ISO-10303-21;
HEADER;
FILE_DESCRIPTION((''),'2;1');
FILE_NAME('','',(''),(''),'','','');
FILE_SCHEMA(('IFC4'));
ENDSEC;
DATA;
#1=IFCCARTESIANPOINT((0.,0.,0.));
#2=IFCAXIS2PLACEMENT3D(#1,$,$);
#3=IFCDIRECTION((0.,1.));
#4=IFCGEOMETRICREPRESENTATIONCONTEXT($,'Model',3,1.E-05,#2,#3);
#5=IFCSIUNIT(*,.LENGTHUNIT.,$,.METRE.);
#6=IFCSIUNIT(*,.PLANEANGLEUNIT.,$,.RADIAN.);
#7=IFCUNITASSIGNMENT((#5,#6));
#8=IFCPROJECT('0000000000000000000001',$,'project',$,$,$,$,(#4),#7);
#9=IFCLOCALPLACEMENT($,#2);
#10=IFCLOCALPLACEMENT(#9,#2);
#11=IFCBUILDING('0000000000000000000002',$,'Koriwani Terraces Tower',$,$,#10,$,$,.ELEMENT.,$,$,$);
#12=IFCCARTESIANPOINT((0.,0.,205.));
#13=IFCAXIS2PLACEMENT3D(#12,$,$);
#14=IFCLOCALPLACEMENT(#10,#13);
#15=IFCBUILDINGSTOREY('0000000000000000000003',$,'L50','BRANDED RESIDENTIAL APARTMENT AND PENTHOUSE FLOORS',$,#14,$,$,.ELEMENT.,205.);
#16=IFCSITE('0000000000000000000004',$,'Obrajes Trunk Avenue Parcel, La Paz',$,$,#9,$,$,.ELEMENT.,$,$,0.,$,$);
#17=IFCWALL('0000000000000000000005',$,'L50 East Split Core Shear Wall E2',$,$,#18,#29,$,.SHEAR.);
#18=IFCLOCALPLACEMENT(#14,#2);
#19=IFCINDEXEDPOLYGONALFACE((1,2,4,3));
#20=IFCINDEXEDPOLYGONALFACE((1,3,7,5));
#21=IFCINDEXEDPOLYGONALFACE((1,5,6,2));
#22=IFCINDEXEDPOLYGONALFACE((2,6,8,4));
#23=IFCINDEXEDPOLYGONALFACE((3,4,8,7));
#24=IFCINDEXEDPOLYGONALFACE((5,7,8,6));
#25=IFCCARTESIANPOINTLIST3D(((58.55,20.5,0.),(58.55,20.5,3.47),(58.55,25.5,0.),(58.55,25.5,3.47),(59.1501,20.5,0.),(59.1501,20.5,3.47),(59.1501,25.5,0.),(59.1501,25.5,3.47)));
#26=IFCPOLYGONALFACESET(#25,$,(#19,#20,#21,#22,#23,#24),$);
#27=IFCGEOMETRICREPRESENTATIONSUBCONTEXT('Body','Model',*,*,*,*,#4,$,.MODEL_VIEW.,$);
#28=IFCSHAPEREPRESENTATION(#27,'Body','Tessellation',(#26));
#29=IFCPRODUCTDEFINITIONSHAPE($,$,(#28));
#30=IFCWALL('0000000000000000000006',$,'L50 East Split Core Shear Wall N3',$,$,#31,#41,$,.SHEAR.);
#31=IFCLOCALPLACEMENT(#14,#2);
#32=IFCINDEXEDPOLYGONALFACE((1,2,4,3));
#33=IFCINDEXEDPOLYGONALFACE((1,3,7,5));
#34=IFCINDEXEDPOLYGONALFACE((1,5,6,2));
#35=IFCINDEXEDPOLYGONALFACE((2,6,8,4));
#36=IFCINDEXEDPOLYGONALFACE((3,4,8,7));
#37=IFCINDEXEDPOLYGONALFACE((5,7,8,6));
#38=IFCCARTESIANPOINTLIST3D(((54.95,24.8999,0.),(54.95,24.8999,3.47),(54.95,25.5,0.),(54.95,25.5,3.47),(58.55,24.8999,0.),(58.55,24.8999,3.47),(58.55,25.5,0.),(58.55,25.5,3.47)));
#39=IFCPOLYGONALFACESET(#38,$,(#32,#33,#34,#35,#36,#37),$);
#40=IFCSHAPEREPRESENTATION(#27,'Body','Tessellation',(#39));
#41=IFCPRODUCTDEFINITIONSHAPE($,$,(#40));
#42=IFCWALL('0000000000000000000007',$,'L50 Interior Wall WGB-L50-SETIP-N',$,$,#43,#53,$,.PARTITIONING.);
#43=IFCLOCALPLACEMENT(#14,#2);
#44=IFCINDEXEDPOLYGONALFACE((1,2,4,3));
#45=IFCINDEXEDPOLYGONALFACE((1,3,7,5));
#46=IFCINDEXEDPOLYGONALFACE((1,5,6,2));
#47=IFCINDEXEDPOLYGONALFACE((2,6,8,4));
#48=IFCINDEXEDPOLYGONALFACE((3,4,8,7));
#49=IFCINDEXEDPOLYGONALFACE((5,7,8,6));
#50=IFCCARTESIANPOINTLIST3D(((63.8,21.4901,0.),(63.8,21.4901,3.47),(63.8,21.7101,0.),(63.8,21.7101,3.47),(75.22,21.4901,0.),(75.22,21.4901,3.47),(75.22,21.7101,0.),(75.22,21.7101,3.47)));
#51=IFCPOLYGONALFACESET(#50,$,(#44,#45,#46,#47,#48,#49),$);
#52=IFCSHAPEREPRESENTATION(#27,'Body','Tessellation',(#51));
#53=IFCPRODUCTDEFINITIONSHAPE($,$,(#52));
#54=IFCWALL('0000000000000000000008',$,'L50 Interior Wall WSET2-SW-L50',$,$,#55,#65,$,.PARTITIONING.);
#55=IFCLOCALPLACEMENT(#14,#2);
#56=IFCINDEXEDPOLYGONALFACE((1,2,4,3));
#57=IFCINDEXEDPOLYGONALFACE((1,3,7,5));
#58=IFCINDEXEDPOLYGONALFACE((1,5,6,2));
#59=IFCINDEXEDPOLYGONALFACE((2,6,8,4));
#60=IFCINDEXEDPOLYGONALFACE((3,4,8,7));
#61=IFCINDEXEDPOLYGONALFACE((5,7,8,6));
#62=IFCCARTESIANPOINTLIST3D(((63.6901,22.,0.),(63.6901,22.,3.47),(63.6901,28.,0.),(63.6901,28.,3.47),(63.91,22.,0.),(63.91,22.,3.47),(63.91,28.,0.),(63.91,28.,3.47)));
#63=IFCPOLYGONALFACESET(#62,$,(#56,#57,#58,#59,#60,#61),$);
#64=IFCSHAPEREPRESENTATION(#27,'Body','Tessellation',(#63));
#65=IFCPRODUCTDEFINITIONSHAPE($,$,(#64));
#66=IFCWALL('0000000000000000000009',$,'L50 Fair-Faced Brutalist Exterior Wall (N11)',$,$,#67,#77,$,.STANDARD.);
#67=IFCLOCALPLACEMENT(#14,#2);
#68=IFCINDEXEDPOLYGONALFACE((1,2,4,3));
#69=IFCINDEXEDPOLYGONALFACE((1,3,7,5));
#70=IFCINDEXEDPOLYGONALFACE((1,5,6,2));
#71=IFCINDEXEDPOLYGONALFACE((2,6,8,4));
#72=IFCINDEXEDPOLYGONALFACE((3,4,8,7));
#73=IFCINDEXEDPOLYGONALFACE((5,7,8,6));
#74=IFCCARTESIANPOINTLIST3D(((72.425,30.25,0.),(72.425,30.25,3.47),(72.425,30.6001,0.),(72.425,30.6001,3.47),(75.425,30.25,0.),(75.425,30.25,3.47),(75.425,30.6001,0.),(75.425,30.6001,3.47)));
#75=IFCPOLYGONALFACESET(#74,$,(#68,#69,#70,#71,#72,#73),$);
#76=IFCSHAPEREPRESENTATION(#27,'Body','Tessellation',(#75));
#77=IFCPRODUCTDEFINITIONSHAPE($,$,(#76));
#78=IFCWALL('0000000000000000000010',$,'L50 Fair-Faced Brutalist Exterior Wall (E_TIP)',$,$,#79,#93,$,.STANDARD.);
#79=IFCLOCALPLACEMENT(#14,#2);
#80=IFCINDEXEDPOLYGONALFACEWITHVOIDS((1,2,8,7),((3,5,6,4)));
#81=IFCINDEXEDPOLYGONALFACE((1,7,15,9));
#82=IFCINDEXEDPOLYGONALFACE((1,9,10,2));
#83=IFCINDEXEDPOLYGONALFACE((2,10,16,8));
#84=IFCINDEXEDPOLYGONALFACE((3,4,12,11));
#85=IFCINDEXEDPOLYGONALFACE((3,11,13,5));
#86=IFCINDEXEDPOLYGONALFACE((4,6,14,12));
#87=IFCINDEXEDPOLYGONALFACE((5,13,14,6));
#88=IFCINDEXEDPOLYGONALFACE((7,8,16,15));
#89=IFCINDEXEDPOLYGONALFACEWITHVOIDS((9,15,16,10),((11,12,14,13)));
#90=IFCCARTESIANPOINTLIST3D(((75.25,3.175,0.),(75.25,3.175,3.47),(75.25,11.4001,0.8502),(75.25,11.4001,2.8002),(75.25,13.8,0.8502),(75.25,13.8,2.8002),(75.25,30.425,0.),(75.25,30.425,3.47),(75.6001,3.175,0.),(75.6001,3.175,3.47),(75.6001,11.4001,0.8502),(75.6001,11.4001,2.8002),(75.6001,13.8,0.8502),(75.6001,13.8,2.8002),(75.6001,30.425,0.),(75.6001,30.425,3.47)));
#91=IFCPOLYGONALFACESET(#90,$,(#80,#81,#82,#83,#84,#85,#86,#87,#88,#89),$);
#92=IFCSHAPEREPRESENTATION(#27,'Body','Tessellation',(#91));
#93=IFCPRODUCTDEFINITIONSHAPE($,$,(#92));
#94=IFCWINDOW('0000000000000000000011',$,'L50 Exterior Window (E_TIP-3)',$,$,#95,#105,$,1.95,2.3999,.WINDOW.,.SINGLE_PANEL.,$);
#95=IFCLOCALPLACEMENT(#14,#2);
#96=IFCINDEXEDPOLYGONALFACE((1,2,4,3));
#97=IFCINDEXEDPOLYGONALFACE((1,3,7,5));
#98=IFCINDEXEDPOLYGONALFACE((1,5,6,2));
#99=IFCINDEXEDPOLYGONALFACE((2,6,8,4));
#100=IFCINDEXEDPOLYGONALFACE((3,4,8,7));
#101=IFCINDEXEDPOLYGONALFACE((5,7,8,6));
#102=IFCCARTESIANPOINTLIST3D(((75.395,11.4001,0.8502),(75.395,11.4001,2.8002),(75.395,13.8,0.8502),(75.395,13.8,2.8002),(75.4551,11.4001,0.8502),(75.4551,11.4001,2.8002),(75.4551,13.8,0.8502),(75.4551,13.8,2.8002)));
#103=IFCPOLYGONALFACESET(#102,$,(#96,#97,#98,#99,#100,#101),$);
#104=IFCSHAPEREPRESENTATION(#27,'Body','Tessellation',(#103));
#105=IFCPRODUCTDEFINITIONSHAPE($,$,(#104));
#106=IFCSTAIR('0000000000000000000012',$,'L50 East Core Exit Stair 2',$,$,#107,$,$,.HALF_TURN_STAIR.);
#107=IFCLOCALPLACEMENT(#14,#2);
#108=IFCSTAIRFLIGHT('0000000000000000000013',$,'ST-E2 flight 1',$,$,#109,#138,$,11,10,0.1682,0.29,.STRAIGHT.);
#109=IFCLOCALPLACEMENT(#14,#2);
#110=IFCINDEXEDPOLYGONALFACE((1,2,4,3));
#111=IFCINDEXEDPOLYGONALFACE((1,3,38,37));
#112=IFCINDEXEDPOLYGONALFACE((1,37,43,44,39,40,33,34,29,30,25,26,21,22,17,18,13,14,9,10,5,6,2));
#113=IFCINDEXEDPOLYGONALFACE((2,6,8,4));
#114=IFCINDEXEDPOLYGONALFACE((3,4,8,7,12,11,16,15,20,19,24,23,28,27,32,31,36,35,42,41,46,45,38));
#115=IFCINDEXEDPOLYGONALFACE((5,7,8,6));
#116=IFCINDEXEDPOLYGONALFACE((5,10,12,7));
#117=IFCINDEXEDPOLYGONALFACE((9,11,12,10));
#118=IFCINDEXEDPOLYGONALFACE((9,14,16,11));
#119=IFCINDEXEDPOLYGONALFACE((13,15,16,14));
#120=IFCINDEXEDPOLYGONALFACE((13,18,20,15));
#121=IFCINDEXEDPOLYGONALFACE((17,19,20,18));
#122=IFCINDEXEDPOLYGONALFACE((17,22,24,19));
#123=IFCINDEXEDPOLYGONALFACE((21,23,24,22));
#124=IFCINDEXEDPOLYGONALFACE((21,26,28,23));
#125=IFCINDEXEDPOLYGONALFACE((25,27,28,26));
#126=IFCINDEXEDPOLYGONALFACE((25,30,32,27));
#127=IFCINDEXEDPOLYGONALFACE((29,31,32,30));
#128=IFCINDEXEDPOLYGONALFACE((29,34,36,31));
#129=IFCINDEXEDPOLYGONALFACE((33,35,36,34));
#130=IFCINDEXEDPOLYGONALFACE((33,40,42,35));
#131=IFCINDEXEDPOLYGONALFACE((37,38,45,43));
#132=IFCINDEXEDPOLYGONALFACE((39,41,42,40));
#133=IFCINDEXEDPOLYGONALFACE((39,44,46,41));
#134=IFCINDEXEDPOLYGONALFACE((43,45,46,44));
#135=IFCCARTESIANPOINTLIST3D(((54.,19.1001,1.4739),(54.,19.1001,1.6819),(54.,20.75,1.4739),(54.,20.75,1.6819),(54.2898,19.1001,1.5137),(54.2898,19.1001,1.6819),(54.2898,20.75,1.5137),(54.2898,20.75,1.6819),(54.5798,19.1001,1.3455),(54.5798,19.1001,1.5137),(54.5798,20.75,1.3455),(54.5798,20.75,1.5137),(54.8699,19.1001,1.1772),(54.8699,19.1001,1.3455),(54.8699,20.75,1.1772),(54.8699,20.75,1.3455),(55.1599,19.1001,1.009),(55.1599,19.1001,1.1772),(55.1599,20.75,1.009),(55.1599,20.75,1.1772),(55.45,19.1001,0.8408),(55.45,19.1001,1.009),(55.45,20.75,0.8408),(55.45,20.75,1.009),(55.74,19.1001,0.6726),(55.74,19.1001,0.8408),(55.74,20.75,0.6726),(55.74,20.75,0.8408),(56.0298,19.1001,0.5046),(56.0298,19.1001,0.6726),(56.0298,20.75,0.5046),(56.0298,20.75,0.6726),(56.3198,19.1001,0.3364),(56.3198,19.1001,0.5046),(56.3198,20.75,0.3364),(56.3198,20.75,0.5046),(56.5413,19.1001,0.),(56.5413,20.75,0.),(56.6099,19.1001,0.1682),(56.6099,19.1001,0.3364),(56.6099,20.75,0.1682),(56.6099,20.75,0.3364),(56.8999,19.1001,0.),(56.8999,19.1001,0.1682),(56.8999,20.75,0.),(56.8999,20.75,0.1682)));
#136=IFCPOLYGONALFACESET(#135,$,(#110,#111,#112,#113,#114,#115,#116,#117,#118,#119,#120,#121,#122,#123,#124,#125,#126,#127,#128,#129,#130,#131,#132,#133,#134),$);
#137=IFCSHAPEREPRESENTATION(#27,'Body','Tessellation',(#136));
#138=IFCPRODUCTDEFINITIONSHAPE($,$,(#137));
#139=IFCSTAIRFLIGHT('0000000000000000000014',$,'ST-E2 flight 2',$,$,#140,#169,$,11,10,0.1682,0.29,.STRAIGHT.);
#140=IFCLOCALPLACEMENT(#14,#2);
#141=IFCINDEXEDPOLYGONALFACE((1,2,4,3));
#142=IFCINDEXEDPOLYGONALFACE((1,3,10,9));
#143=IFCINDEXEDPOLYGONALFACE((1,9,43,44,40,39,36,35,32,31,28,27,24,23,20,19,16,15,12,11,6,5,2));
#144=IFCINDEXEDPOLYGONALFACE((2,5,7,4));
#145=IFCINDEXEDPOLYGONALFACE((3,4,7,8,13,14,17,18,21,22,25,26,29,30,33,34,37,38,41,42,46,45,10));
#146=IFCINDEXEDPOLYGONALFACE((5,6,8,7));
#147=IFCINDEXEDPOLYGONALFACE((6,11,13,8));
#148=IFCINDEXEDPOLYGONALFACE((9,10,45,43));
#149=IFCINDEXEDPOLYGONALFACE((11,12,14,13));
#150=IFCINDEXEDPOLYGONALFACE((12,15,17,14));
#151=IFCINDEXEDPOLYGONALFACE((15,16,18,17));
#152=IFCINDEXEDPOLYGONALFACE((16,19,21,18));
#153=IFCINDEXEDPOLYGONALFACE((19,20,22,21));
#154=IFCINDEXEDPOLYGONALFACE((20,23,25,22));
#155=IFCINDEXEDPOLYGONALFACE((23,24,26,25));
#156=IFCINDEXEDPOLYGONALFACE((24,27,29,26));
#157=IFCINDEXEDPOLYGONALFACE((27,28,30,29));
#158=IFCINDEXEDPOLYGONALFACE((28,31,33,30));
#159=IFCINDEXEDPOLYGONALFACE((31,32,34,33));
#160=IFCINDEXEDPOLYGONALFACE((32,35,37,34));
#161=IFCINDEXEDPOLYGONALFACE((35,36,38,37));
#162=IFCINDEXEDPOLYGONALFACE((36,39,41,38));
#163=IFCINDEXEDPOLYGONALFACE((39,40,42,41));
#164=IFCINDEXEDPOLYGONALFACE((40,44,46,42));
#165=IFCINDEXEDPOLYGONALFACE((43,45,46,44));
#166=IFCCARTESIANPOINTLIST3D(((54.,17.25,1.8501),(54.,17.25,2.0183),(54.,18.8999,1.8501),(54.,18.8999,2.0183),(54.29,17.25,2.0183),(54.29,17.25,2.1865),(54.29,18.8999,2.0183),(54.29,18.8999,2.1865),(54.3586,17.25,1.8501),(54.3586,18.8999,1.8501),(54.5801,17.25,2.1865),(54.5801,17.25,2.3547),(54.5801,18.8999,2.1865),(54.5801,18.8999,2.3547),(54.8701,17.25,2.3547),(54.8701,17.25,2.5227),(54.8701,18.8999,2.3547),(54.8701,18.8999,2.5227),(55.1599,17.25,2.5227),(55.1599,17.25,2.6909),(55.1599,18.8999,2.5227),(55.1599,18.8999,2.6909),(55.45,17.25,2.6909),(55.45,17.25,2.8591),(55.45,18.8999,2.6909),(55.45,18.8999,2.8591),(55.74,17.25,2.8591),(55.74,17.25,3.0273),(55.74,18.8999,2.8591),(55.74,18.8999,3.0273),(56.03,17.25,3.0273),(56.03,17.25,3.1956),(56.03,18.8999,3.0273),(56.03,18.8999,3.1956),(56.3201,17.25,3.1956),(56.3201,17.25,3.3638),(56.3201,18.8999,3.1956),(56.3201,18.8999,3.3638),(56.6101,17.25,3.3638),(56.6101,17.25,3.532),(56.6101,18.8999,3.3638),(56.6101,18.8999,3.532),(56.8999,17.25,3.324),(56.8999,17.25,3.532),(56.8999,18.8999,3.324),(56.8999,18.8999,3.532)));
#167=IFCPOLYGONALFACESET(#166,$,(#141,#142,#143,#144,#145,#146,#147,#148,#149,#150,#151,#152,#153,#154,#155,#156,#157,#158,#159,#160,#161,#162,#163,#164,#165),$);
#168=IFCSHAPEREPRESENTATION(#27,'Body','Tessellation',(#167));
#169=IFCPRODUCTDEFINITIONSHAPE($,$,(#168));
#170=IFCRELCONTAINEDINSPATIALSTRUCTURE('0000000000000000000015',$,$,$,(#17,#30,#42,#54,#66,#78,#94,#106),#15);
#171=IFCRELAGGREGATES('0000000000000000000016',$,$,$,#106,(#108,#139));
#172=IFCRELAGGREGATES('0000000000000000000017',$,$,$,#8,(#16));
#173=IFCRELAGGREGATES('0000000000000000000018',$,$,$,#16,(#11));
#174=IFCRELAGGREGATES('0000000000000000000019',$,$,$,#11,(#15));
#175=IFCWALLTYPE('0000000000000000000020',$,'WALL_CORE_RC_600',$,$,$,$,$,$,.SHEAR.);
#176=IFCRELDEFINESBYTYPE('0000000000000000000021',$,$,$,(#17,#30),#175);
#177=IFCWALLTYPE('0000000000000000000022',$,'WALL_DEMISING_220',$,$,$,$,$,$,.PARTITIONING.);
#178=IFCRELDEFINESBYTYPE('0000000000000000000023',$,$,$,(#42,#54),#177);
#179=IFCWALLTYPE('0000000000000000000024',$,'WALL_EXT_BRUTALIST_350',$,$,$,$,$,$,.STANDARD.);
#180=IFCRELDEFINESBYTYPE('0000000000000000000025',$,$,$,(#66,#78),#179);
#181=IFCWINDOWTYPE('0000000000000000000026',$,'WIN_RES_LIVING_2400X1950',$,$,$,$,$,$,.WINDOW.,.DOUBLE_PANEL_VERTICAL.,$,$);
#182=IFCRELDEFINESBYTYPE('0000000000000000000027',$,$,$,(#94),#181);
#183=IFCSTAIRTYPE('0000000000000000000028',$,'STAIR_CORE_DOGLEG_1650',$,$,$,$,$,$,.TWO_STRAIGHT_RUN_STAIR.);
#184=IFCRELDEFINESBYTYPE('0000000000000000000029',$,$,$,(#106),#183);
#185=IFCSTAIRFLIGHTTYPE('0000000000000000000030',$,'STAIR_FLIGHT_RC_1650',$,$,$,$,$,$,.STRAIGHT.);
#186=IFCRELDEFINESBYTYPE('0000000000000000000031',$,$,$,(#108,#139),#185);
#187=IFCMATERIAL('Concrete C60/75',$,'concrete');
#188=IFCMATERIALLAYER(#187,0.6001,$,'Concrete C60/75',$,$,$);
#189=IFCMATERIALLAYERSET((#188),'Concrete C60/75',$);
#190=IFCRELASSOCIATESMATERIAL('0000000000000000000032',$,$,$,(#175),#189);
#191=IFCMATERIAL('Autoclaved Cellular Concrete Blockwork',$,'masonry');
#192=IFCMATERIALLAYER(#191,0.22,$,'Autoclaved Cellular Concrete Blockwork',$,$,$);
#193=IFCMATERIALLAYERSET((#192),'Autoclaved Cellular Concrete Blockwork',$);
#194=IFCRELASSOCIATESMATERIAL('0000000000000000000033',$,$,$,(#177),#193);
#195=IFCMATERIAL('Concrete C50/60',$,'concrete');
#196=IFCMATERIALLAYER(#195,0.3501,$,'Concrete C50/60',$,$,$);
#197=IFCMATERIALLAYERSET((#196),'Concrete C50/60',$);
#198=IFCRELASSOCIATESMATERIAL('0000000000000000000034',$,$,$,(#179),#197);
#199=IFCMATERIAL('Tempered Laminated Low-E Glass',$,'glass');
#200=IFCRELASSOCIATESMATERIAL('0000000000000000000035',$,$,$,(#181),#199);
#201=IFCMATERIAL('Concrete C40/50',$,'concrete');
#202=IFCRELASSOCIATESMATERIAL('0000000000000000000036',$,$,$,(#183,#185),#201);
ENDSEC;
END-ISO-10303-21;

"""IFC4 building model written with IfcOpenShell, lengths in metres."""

from ifc_helpers import new_model, si_unit, direction, frame, frame_2d, origin, place, context, subcontext, project, spatial, polyline, rectangle, outline, extrude, material, layer, layer_set, type_object, element, fill, aggregate, save


model = new_model("IFC4")

# Units and contexts
model_context = context("Model", 3, precision=1e-05, world=origin(), true_north=direction((0.0, 1.0)))
body_context = subcontext(model_context, "Body", "Model", "MODEL_VIEW")
ifc_project = project(units=[si_unit("LENGTHUNIT", "METRE"), si_unit("PLANEANGLEUNIT", "RADIAN")], contexts=[model_context])

# Site, building, storey
site_placement = place(None, origin())
site = spatial("IfcSite", under=ifc_project, at=site_placement, Name="Obrajes Trunk Avenue Parcel, La Paz", CompositionType="ELEMENT", RefElevation=0.0)
building_placement = place(site_placement, origin())
building = spatial("IfcBuilding", under=site, at=building_placement, Name="Koriwani Terraces Tower", CompositionType="ELEMENT")
storey_placement = place(building_placement, frame((0.0, 0.0, 205.0)))
storey = spatial("IfcBuildingStorey", under=building, at=storey_placement, Name="L50", Description="BRANDED RESIDENTIAL APARTMENT AND PENTHOUSE FLOORS", CompositionType="ELEMENT", Elevation=205.0)

# Shared definitions
ifc_material_1 = material(Name="Concrete C50/60", Category="concrete")

# Shared definitions
ifc_material_2 = material(Name="Concrete C60/75", Category="concrete")
ifc_material_3 = material(Name="Concrete C40/50", Category="concrete")

# Walls
ifc_layer_1 = layer(ifc_material_2, 0.6001, Name="Concrete C60/75")
ifc_layer_set_1 = layer_set([ifc_layer_1], Name="Concrete C60/75")
wall_type_1 = type_object("IfcWallType", Name="WALL_CORE_RC_600", PredefinedType="SHEAR", material=ifc_layer_set_1)
wall_1_placement = place(storey_placement, frame((58.8501, 20.5, 0.0), z_axis=(0.0, 0.0, 1.0), x_axis=(0.0, 1.0, 0.0)))
element("IfcWall", 1, at=wall_1_placement, inside=storey, type_object=wall_type_1, Name="L50 East Split Core Shear Wall E2", PredefinedType="SHEAR", context=body_context, shape_type="SweptSolid", body=[
    extrude(rectangle(XDim=5.0, YDim=0.6001, at=frame_2d((2.5, 0.0))), origin(), (0.0, 0.0, 1.0), 3.47),
])
wall_2_placement = place(storey_placement, frame((54.95, 25.2, 0.0), z_axis=(0.0, 0.0, 1.0), x_axis=(1.0, 0.0, 0.0)))
element("IfcWall", 2, at=wall_2_placement, inside=storey, type_object=wall_type_1, Name="L50 East Split Core Shear Wall N3", PredefinedType="SHEAR", context=body_context, shape_type="SweptSolid", body=[
    extrude(rectangle(XDim=3.6001, YDim=0.6001, at=frame_2d((1.8, 0.0))), origin(), (0.0, 0.0, 1.0), 3.47),
])
ifc_material_4 = material(Name="Autoclaved Cellular Concrete Blockwork", Category="masonry")
ifc_layer_2 = layer(ifc_material_4, 0.22, Name="Autoclaved Cellular Concrete Blockwork")
ifc_layer_set_2 = layer_set([ifc_layer_2], Name="Autoclaved Cellular Concrete Blockwork")
wall_type_2 = type_object("IfcWallType", Name="WALL_DEMISING_220", PredefinedType="PARTITIONING", material=ifc_layer_set_2)
wall_3_placement = place(storey_placement, frame((63.8, 21.6001, 0.0), z_axis=(0.0, 0.0, 1.0), x_axis=(1.0, 0.0, 0.0)))
element("IfcWall", 3, at=wall_3_placement, inside=storey, type_object=wall_type_2, Name="L50 Interior Wall WGB-L50-SETIP-N", PredefinedType="PARTITIONING", context=body_context, shape_type="SweptSolid", body=[
    extrude(rectangle(XDim=11.4199, YDim=0.22, at=frame_2d((5.71, 0.0))), origin(), (0.0, 0.0, 1.0), 3.47),
])
wall_4_placement = place(storey_placement, frame((63.8, 22.0, 0.0), z_axis=(0.0, 0.0, 1.0), x_axis=(0.0, 1.0, 0.0)))
element("IfcWall", 4, at=wall_4_placement, inside=storey, type_object=wall_type_2, Name="L50 Interior Wall WSET2-SW-L50", PredefinedType="PARTITIONING", context=body_context, shape_type="SweptSolid", body=[
    extrude(rectangle(XDim=6.0, YDim=0.22, at=frame_2d((3.0, 0.0))), origin(), (0.0, 0.0, 1.0), 3.47),
])
ifc_layer_3 = layer(ifc_material_1, 0.3501, Name="Concrete C50/60")
ifc_layer_set_3 = layer_set([ifc_layer_3], Name="Concrete C50/60")
wall_type_3 = type_object("IfcWallType", Name="WALL_EXT_BRUTALIST_350", PredefinedType="STANDARD", material=ifc_layer_set_3)
wall_5_placement = place(storey_placement, frame((72.425, 30.425, 0.0), z_axis=(0.0, 0.0, 1.0), x_axis=(1.0, 0.0, 0.0)))
element("IfcWall", 5, at=wall_5_placement, inside=storey, type_object=wall_type_3, Name="L50 Fair-Faced Brutalist Exterior Wall (N11)", PredefinedType="STANDARD", context=body_context, shape_type="SweptSolid", body=[
    extrude(rectangle(XDim=3.0, YDim=0.3501, at=frame_2d((1.5, 0.0))), origin(), (0.0, 0.0, 1.0), 3.47),
])

# Wall, opening, window
wall_6_placement = place(storey_placement, frame((75.425, 30.425, 0.0), z_axis=(0.0, 0.0, 1.0), x_axis=(0.0, -1.0, 0.0)))
wall_6 = element("IfcWall", 6, at=wall_6_placement, inside=storey, type_object=wall_type_3, Name="L50 Fair-Faced Brutalist Exterior Wall (E_TIP)", PredefinedType="STANDARD", context=body_context, shape_type="SweptSolid", body=[
    extrude(rectangle(XDim=27.25, YDim=0.3501, at=frame_2d((13.625, 0.0))), origin(), (0.0, 0.0, 1.0), 3.47),
])
opening_1_placement = place(wall_6_placement, frame((16.625, 0.0, 0.8501)))
opening_1 = element("IfcOpeningElement", 7, at=opening_1_placement, cuts=wall_6, PredefinedType="OPENING", context=body_context, shape_type="SweptSolid", body=[
    extrude(rectangle(XDim=2.3999, YDim=1.95, at=frame_2d((1.2, 0.9751))), frame((0.0, 0.1851, 0.0), z_axis=(0.0, -1.0, 0.0), x_axis=(1.0, 0.0, 0.0)), (0.0, 0.0, 1.0), 0.3701),
])
ifc_material_5 = material(Name="Tempered Laminated Low-E Glass", Category="glass")
window_type = type_object("IfcWindowType", Name="WIN_RES_LIVING_2400X1950", PartitioningType="DOUBLE_PANEL_VERTICAL", PredefinedType="WINDOW", material=ifc_material_5)
window_placement = place(opening_1_placement, origin())
window = element("IfcWindow", 8, at=window_placement, inside=storey, type_object=window_type, Name="L50 Exterior Window (E_TIP-3)", OverallHeight=1.95, OverallWidth=2.3999, PartitioningType="SINGLE_PANEL", PredefinedType="WINDOW", context=body_context, shape_type="SweptSolid", body=[
    extrude(rectangle(XDim=2.3999, YDim=1.95, at=frame_2d((1.2, 0.9751))), frame((0.0, 0.03, 0.0), z_axis=(0.0, -1.0, 0.0), x_axis=(1.0, 0.0, 0.0)), (0.0, 0.0, 1.0), 0.0601),
])
fill(opening_1, window)

# Stair, stair flights
stair_type = type_object("IfcStairType", Name="STAIR_CORE_DOGLEG_1650", PredefinedType="TWO_STRAIGHT_RUN_STAIR", material=ifc_material_3)
stair_placement = place(storey_placement, origin())
stair = element("IfcStair", 9, at=stair_placement, inside=storey, type_object=stair_type, Name="L50 East Core Exit Stair 2", PredefinedType="HALF_TURN_STAIR")
stair_flight_type = type_object("IfcStairFlightType", Name="STAIR_FLIGHT_RC_1650", PredefinedType="STRAIGHT", material=ifc_material_3)
stair_flight_1_placement = place(storey_placement, frame((56.8999, 19.925, 0.0), z_axis=(0.0, 0.0, 1.0), x_axis=(-1.0, 0.0, 0.0)))
stair_flight_1 = element("IfcStairFlight", 10, at=stair_flight_1_placement, type_object=stair_flight_type, Name="ST-E2 flight 1", NumberOfRisers=11, NumberOfTreads=10, PredefinedType="STRAIGHT", RiserHeight=0.1682, TreadLength=0.29, context=body_context, shape_type="SweptSolid", body=[
    extrude(outline(polyline([(0.0, 0.0), (0.0, 0.1682), (0.29, 0.1682), (0.29, 0.3364), (0.5801, 0.3364), (0.5801, 0.5046), (0.8701, 0.5046), (0.8701, 0.6726), (1.1599, 0.6726), (1.1599, 0.8408), (1.45, 0.8408), (1.45, 1.009), (1.74, 1.009), (1.74, 1.1772), (2.03, 1.1772), (2.03, 1.3455), (2.3201, 1.3455), (2.3201, 1.5137), (2.6101, 1.5137), (2.6101, 1.6819), (2.8999, 1.6819), (2.8999, 1.8501), (2.8999, 1.4739), (0.3586, 0.0), (0.0, 0.0)])), frame((0.0, 0.825, 0.0), z_axis=(0.0, -1.0, 0.0), x_axis=(1.0, 0.0, 0.0)), (0.0, 0.0, 1.0), 1.6499),
])
stair_flight_2_placement = place(storey_placement, frame((54.0, 18.075, 1.8501), z_axis=(0.0, 0.0, 1.0), x_axis=(1.0, 0.0, 0.0)))
stair_flight_2 = element("IfcStairFlight", 11, at=stair_flight_2_placement, type_object=stair_flight_type, Name="ST-E2 flight 2", NumberOfRisers=11, NumberOfTreads=10, PredefinedType="STRAIGHT", RiserHeight=0.1682, TreadLength=0.29, context=body_context, shape_type="SweptSolid", body=[
    extrude(outline(polyline([(0.0, 0.0), (0.0, 0.1682), (0.29, 0.1682), (0.29, 0.3364), (0.5801, 0.3364), (0.5801, 0.5046), (0.8701, 0.5046), (0.8701, 0.6726), (1.1599, 0.6726), (1.1599, 0.8408), (1.45, 0.8408), (1.45, 1.009), (1.74, 1.009), (1.74, 1.1772), (2.03, 1.1772), (2.03, 1.3455), (2.3201, 1.3455), (2.3201, 1.5137), (2.6101, 1.5137), (2.6101, 1.6819), (2.8999, 1.6819), (2.8999, 1.8501), (2.8999, 1.4739), (0.3586, 0.0), (0.0, 0.0)])), frame((0.0, 0.825, 0.0), z_axis=(0.0, -1.0, 0.0), x_axis=(1.0, 0.0, 0.0)), (0.0, 0.0, 1.0), 1.6499),
])
aggregate(stair, [stair_flight_1, stair_flight_2])

save(model, "model.ifc")
